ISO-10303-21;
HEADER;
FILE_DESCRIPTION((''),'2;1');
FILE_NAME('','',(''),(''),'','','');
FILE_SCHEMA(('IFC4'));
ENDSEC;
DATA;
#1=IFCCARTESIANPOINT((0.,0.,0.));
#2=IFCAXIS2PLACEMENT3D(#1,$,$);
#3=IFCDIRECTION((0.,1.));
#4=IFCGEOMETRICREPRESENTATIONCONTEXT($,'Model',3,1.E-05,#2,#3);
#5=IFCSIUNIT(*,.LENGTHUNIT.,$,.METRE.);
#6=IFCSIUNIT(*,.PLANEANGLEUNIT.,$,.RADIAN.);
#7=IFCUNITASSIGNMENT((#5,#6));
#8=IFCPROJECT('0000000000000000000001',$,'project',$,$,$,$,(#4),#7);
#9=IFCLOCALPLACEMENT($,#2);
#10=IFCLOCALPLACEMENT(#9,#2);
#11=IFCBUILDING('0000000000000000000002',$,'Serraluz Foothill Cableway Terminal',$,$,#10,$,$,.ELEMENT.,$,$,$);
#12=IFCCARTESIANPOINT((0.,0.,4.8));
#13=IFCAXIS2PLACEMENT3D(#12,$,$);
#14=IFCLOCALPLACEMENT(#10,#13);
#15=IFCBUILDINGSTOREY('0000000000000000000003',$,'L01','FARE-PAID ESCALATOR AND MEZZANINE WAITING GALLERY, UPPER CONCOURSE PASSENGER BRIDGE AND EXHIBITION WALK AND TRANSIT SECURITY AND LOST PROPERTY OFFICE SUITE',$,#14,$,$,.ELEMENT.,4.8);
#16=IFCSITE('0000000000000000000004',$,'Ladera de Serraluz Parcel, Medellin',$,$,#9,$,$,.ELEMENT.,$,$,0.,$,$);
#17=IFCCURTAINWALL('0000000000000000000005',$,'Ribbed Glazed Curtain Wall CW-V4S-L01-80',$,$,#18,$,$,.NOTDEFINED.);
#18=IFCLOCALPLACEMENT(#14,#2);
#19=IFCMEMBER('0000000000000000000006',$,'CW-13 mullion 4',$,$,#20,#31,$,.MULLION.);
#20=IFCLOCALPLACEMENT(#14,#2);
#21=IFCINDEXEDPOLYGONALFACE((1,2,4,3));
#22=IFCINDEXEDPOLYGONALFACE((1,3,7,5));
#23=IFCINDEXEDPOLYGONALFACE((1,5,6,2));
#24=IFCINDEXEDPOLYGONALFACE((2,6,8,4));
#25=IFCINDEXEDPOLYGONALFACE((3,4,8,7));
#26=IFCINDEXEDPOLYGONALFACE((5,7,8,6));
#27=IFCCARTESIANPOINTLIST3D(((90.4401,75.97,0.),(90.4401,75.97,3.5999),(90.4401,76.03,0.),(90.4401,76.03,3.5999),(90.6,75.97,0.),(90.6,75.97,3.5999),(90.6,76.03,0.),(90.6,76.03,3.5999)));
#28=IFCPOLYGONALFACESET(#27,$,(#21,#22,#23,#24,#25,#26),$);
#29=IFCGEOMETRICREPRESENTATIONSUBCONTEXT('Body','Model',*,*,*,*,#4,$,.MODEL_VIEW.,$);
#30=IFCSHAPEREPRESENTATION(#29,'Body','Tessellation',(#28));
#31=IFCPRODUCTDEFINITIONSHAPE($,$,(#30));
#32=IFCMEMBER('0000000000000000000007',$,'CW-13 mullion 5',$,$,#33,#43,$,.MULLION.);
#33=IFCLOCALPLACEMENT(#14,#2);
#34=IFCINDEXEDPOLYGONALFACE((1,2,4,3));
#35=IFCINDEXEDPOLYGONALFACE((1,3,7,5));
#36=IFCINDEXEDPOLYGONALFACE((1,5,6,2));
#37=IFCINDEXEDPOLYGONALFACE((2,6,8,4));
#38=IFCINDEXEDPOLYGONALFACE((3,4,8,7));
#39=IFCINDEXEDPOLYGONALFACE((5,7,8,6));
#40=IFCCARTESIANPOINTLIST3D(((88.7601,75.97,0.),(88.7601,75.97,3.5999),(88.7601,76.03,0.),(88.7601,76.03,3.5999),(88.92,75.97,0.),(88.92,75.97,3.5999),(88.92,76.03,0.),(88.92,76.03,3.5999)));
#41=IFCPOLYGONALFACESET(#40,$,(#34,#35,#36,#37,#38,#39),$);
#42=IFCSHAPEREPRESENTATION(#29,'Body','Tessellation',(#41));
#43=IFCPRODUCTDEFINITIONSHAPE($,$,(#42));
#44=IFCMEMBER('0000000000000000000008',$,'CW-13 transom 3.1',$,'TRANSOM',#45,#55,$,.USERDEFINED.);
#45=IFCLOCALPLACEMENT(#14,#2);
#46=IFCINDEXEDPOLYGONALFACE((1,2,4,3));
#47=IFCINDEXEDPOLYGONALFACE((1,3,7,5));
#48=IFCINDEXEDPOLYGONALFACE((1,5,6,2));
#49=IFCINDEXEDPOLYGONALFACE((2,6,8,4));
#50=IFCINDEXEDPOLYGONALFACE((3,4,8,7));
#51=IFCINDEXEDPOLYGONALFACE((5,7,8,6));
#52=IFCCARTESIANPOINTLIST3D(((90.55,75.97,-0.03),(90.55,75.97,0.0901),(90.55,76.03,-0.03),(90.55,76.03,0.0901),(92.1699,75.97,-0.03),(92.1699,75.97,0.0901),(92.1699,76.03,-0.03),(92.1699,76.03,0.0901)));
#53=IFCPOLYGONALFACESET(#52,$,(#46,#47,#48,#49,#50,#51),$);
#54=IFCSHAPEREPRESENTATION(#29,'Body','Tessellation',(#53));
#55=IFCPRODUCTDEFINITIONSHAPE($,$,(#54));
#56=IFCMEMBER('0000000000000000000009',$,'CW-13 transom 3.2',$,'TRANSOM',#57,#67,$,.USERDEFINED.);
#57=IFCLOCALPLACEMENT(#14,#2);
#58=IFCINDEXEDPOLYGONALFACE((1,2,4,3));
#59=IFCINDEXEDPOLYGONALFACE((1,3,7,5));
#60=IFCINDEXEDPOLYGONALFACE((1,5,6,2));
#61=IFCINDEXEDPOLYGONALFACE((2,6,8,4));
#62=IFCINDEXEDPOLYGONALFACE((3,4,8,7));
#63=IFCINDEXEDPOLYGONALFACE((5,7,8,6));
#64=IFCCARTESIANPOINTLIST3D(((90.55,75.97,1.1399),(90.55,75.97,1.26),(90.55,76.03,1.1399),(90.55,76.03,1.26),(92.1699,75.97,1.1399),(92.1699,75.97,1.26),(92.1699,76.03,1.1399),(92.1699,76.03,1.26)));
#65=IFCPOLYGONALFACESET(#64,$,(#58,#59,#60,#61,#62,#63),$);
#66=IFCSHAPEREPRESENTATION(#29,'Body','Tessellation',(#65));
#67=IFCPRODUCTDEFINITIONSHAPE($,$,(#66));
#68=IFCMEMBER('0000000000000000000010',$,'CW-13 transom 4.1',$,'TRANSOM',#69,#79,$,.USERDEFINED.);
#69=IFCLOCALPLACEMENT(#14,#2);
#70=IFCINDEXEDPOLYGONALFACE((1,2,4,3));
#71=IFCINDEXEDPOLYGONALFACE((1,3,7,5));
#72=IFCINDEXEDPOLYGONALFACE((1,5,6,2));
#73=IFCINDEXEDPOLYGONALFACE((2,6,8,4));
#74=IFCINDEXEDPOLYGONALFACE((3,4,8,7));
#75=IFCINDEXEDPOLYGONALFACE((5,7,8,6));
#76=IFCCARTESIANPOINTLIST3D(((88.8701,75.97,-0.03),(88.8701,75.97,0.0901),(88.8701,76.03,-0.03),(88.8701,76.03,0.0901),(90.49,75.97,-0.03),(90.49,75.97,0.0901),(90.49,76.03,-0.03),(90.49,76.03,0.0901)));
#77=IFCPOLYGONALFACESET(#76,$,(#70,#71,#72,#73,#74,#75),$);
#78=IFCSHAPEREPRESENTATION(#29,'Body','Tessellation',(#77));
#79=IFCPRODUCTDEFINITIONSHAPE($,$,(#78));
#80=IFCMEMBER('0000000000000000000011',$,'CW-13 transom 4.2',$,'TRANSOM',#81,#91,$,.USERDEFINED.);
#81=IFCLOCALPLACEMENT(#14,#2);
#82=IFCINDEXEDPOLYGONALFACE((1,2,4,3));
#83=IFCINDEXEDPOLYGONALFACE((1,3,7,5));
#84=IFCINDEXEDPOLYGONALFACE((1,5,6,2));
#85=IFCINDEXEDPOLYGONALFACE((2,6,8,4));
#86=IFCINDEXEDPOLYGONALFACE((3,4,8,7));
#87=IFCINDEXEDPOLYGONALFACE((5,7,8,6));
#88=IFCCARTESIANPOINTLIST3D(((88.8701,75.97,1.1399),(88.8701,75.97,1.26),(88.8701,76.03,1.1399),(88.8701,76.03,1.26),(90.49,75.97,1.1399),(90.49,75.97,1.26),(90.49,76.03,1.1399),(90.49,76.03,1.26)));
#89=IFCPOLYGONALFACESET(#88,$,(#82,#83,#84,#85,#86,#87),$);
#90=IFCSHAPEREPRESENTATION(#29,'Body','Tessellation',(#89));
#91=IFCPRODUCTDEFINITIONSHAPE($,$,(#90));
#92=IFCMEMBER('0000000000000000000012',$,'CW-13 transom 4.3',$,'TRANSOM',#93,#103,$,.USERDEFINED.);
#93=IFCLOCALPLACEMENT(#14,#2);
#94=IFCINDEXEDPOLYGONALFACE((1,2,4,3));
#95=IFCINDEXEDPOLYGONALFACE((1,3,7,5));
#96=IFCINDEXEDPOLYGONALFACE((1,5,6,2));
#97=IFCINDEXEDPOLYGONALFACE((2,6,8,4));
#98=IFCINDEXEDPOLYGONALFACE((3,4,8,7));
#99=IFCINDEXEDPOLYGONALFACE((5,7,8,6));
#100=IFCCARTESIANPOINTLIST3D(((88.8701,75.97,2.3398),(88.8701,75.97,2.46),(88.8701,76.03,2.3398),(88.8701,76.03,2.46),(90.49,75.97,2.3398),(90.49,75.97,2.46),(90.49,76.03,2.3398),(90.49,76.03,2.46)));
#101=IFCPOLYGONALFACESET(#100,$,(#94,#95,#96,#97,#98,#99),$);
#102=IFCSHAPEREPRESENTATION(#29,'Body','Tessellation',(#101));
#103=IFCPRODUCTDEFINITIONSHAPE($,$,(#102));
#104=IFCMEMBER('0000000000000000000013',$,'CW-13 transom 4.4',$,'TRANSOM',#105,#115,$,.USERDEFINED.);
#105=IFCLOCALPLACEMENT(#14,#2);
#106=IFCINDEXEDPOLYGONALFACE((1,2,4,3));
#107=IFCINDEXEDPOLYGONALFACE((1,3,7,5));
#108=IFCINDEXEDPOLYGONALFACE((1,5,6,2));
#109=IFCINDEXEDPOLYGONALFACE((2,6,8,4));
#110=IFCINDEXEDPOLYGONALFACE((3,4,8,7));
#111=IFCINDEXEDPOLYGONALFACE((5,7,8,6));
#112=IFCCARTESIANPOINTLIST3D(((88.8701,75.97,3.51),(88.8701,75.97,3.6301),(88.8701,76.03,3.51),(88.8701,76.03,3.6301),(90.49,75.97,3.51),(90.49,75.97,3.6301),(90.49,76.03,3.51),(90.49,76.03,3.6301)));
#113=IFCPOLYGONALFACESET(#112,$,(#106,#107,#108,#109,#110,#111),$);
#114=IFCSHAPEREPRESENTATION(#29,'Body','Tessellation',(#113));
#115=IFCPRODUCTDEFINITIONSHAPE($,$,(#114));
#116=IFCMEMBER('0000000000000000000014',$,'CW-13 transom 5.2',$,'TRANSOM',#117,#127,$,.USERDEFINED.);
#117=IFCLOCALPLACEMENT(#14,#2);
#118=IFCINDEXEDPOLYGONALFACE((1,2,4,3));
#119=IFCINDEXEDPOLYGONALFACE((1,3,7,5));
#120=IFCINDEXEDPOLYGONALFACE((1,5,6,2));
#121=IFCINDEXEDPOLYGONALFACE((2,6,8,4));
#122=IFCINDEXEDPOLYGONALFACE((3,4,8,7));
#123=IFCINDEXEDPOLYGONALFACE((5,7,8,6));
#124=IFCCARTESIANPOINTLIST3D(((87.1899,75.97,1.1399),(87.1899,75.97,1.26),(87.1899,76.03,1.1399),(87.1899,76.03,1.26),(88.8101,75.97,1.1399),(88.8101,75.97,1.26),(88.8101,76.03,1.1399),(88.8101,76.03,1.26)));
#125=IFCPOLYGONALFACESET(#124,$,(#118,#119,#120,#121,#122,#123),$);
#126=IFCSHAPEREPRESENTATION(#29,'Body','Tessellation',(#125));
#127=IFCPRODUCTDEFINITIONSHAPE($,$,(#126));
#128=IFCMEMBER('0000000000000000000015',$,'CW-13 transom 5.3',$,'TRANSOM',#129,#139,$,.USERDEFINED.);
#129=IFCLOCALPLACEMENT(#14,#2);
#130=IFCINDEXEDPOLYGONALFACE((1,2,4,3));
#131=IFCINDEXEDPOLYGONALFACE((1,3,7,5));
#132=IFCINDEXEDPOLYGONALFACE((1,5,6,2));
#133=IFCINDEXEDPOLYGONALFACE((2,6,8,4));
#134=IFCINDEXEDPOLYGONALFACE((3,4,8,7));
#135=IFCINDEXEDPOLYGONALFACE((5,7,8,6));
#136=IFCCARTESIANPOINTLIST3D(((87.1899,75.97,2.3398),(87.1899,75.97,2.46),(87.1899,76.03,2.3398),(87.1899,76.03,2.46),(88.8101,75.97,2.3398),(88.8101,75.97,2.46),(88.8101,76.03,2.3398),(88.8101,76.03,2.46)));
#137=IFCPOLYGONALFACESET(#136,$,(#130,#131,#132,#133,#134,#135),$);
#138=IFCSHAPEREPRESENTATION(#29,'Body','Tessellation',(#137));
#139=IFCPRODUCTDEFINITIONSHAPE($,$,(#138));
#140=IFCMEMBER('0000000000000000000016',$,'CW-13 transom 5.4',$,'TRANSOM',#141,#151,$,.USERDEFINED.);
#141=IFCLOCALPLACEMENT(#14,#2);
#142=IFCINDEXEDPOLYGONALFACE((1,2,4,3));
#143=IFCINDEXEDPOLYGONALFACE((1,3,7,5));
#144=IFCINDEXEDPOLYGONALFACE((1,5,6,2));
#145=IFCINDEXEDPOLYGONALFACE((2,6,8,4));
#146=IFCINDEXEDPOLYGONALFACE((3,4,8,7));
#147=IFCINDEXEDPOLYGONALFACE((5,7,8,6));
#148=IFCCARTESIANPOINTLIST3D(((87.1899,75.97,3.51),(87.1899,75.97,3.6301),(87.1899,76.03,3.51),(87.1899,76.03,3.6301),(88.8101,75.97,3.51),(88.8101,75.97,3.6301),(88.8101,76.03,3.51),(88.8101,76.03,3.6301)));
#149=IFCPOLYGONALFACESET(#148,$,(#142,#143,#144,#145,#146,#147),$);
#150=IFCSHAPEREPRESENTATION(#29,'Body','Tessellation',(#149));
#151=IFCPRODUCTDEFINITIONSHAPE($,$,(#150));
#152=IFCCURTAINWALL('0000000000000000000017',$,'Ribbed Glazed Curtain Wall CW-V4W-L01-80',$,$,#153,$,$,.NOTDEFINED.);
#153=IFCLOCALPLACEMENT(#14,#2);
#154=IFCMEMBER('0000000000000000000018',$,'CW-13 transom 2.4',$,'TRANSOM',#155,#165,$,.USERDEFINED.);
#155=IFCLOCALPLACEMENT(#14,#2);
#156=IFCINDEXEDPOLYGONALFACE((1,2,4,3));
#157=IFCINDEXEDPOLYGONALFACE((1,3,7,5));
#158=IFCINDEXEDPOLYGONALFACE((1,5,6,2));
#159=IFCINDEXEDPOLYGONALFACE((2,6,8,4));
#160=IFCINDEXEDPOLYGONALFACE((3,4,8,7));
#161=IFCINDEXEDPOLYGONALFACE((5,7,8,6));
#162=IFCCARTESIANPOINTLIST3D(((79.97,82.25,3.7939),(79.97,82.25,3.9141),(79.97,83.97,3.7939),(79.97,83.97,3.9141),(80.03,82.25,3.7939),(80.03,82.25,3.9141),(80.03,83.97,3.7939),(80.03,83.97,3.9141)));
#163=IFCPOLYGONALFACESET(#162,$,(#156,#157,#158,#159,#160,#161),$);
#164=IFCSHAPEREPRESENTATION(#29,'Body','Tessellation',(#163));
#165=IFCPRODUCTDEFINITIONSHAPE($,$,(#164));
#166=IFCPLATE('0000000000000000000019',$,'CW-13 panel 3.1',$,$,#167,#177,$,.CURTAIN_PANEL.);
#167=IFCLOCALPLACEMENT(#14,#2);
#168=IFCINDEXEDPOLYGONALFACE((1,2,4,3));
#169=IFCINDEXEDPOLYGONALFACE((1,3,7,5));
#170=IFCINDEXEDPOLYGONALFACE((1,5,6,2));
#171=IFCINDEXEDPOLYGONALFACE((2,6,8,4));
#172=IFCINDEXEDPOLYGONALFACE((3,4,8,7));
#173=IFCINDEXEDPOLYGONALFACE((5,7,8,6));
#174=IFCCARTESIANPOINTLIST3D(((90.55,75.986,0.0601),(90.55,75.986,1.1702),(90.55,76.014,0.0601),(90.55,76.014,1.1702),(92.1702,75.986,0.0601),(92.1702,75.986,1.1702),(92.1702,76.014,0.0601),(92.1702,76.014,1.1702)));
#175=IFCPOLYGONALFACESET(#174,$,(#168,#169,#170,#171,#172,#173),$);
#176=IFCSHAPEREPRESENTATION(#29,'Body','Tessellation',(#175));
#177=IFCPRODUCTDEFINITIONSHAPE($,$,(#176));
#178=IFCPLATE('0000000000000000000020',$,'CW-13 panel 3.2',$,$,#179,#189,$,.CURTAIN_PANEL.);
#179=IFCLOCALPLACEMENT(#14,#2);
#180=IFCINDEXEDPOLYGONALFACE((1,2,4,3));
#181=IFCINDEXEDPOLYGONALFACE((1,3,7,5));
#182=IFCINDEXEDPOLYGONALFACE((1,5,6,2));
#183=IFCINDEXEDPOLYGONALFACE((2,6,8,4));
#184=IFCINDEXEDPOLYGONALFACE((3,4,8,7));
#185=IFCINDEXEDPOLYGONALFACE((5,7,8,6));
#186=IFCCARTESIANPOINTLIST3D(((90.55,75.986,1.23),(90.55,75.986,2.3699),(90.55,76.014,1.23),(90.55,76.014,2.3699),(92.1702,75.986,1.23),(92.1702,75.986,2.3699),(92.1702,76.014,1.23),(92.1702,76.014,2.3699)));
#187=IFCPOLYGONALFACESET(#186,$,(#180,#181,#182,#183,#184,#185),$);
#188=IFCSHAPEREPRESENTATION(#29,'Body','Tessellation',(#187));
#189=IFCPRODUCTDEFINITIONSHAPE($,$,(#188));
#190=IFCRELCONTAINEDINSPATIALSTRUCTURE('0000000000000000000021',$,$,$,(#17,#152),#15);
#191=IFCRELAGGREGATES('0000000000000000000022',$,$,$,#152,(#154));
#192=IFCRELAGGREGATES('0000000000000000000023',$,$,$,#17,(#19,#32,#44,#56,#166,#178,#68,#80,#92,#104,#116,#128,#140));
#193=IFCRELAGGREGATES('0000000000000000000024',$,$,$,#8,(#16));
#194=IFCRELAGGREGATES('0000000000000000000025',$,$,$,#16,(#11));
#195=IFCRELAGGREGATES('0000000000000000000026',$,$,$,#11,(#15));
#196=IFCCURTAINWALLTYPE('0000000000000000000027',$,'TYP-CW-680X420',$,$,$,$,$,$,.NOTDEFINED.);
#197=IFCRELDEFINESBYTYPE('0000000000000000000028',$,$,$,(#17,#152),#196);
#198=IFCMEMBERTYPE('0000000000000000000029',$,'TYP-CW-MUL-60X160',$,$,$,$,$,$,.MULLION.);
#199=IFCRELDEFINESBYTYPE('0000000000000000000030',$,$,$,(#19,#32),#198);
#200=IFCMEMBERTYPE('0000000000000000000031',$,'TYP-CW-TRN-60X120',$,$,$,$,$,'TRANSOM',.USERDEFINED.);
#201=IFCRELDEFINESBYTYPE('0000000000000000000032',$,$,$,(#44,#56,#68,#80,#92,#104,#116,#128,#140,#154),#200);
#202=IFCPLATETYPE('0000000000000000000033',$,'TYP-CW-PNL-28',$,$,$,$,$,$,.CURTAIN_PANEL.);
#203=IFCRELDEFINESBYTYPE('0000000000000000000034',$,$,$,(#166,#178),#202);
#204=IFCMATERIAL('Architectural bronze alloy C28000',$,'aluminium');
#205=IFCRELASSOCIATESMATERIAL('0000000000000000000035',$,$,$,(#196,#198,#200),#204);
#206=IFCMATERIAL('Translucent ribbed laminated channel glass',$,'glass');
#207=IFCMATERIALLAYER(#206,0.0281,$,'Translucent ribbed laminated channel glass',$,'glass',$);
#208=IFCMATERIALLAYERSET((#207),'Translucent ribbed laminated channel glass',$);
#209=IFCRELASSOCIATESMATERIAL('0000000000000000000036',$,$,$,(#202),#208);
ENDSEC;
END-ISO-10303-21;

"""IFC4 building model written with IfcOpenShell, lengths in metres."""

from ifc_helpers import new_model, si_unit, direction, frame, origin, origin_2d, place, context, subcontext, project, spatial, rectangle, extrude, material, layer, layer_set, material_profile, profile_set, type_object, element, aggregate, save


model = new_model("IFC4")

# Units and contexts
model_context = context("Model", 3, precision=1e-05, world=origin(), true_north=direction((0.0, 1.0)))
body_context = subcontext(model_context, "Body", "Model", "MODEL_VIEW")
ifc_project = project(units=[si_unit("LENGTHUNIT", "METRE"), si_unit("PLANEANGLEUNIT", "RADIAN")], contexts=[model_context])

# Site, building, storey
site_placement = place(None, origin())
site = spatial("IfcSite", under=ifc_project, at=site_placement, Name="Ladera de Serraluz Parcel, Medellin", CompositionType="ELEMENT", RefElevation=0.0)
building_placement = place(site_placement, origin())
building = spatial("IfcBuilding", under=site, at=building_placement, Name="Serraluz Foothill Cableway Terminal", CompositionType="ELEMENT")
storey_placement = place(building_placement, frame((0.0, 0.0, 4.8)))
storey = spatial("IfcBuildingStorey", under=building, at=storey_placement, Name="L01", Description="FARE-PAID ESCALATOR AND MEZZANINE WAITING GALLERY, UPPER CONCOURSE PASSENGER BRIDGE AND EXHIBITION WALK AND TRANSIT SECURITY AND LOST PROPERTY OFFICE SUITE", CompositionType="ELEMENT", Elevation=4.8)

# Curtain wall, members
ifc_material_1 = material(Name="Architectural bronze alloy C28000", Category="aluminium")
curtain_wall_type = type_object("IfcCurtainWallType", Name="TYP-CW-680X420", PredefinedType="NOTDEFINED", material=ifc_material_1)
curtain_wall_1_placement = place(storey_placement, origin())
curtain_wall_1 = element("IfcCurtainWall", 1, at=curtain_wall_1_placement, inside=storey, type_object=curtain_wall_type, Name="Ribbed Glazed Curtain Wall CW-V4S-L01-80", PredefinedType="NOTDEFINED")
ifc_material_profile_1 = material_profile(ifc_material_1, rectangle(XDim=0.0601, YDim=0.1599, at=origin_2d()), Name="ALU MULLION 60x160")
ifc_profile_set_1 = profile_set([ifc_material_profile_1], Name="Architectural bronze alloy C28000")
member_type_1 = type_object("IfcMemberType", Name="TYP-CW-MUL-60X160", PredefinedType="MULLION", material=ifc_profile_set_1)
member_1_placement = place(storey_placement, frame((90.52, 76.0, 0.0), z_axis=(0.0, 0.0, 1.0), x_axis=(0.0, -1.0, 0.0)))
member_1 = element("IfcMember", 2, at=member_1_placement, type_object=member_type_1, Name="CW-13 mullion 4", PredefinedType="MULLION", context=body_context, shape_type="SweptSolid", body=[
    extrude(rectangle(XDim=0.0601, YDim=0.1599, at=origin_2d()), origin(), (0.0, 0.0, 1.0), 3.5999),
])
member_2_placement = place(storey_placement, frame((88.8401, 76.0, 0.0), z_axis=(0.0, 0.0, 1.0), x_axis=(0.0, -1.0, 0.0)))
member_2 = element("IfcMember", 3, at=member_2_placement, type_object=member_type_1, Name="CW-13 mullion 5", PredefinedType="MULLION", context=body_context, shape_type="SweptSolid", body=[
    extrude(rectangle(XDim=0.0601, YDim=0.1599, at=origin_2d()), origin(), (0.0, 0.0, 1.0), 3.5999),
])
ifc_material_profile_2 = material_profile(ifc_material_1, rectangle(XDim=0.0601, YDim=0.1201, at=origin_2d()), Name="ALU TRANSOM 60x120")
ifc_profile_set_2 = profile_set([ifc_material_profile_2], Name="Architectural bronze alloy C28000")
member_type_2 = type_object("IfcMemberType", Name="TYP-CW-TRN-60X120", ElementType="TRANSOM", PredefinedType="USERDEFINED", material=ifc_profile_set_2)
member_3_placement = place(storey_placement, frame((92.1699, 76.0, 0.03), z_axis=(-1.0, 0.0, 0.0), x_axis=(0.0, -1.0, 0.0)))
member_3 = element("IfcMember", 4, at=member_3_placement, type_object=member_type_2, Name="CW-13 transom 3.1", ObjectType="TRANSOM", PredefinedType="USERDEFINED", context=body_context, shape_type="SweptSolid", body=[
    extrude(rectangle(XDim=0.0601, YDim=0.1201, at=origin_2d()), origin(), (0.0, 0.0, 1.0), 1.6199),
])
member_4_placement = place(storey_placement, frame((92.1699, 76.0, 1.2), z_axis=(-1.0, 0.0, 0.0), x_axis=(0.0, -1.0, 0.0)))
member_4 = element("IfcMember", 5, at=member_4_placement, type_object=member_type_2, Name="CW-13 transom 3.2", ObjectType="TRANSOM", PredefinedType="USERDEFINED", context=body_context, shape_type="SweptSolid", body=[
    extrude(rectangle(XDim=0.0601, YDim=0.1201, at=origin_2d()), origin(), (0.0, 0.0, 1.0), 1.6199),
])
member_5_placement = place(storey_placement, frame((90.49, 76.0, 0.03), z_axis=(-1.0, 0.0, 0.0), x_axis=(0.0, -1.0, 0.0)))
member_5 = element("IfcMember", 6, at=member_5_placement, type_object=member_type_2, Name="CW-13 transom 4.1", ObjectType="TRANSOM", PredefinedType="USERDEFINED", context=body_context, shape_type="SweptSolid", body=[
    extrude(rectangle(XDim=0.0601, YDim=0.1201, at=origin_2d()), origin(), (0.0, 0.0, 1.0), 1.6199),
])
member_6_placement = place(storey_placement, frame((90.49, 76.0, 1.2), z_axis=(-1.0, 0.0, 0.0), x_axis=(0.0, -1.0, 0.0)))
member_6 = element("IfcMember", 7, at=member_6_placement, type_object=member_type_2, Name="CW-13 transom 4.2", ObjectType="TRANSOM", PredefinedType="USERDEFINED", context=body_context, shape_type="SweptSolid", body=[
    extrude(rectangle(XDim=0.0601, YDim=0.1201, at=origin_2d()), origin(), (0.0, 0.0, 1.0), 1.6199),
])
member_7_placement = place(storey_placement, frame((90.49, 76.0, 2.3999), z_axis=(-1.0, 0.0, 0.0), x_axis=(0.0, -1.0, 0.0)))
member_7 = element("IfcMember", 8, at=member_7_placement, type_object=member_type_2, Name="CW-13 transom 4.3", ObjectType="TRANSOM", PredefinedType="USERDEFINED", context=body_context, shape_type="SweptSolid", body=[
    extrude(rectangle(XDim=0.0601, YDim=0.1201, at=origin_2d()), origin(), (0.0, 0.0, 1.0), 1.6199),
])
member_8_placement = place(storey_placement, frame((90.49, 76.0, 3.5701), z_axis=(-1.0, 0.0, 0.0), x_axis=(0.0, -1.0, 0.0)))
member_8 = element("IfcMember", 9, at=member_8_placement, type_object=member_type_2, Name="CW-13 transom 4.4", ObjectType="TRANSOM", PredefinedType="USERDEFINED", context=body_context, shape_type="SweptSolid", body=[
    extrude(rectangle(XDim=0.0601, YDim=0.1201, at=origin_2d()), origin(), (0.0, 0.0, 1.0), 1.6199),
])
member_9_placement = place(storey_placement, frame((88.8101, 76.0, 1.2), z_axis=(-1.0, 0.0, 0.0), x_axis=(0.0, -1.0, 0.0)))
member_9 = element("IfcMember", 10, at=member_9_placement, type_object=member_type_2, Name="CW-13 transom 5.2", ObjectType="TRANSOM", PredefinedType="USERDEFINED", context=body_context, shape_type="SweptSolid", body=[
    extrude(rectangle(XDim=0.0601, YDim=0.1201, at=origin_2d()), origin(), (0.0, 0.0, 1.0), 1.6201),
])
member_10_placement = place(storey_placement, frame((88.8101, 76.0, 2.3999), z_axis=(-1.0, 0.0, 0.0), x_axis=(0.0, -1.0, 0.0)))
member_10 = element("IfcMember", 11, at=member_10_placement, type_object=member_type_2, Name="CW-13 transom 5.3", ObjectType="TRANSOM", PredefinedType="USERDEFINED", context=body_context, shape_type="SweptSolid", body=[
    extrude(rectangle(XDim=0.0601, YDim=0.1201, at=origin_2d()), origin(), (0.0, 0.0, 1.0), 1.6201),
])
member_11_placement = place(storey_placement, frame((88.8101, 76.0, 3.5701), z_axis=(-1.0, 0.0, 0.0), x_axis=(0.0, -1.0, 0.0)))
member_11 = element("IfcMember", 12, at=member_11_placement, type_object=member_type_2, Name="CW-13 transom 5.4", ObjectType="TRANSOM", PredefinedType="USERDEFINED", context=body_context, shape_type="SweptSolid", body=[
    extrude(rectangle(XDim=0.0601, YDim=0.1201, at=origin_2d()), origin(), (0.0, 0.0, 1.0), 1.6201),
])

# Curtain wall, member
curtain_wall_2_placement = place(storey_placement, origin())
curtain_wall_2 = element("IfcCurtainWall", 13, at=curtain_wall_2_placement, inside=storey, type_object=curtain_wall_type, Name="Ribbed Glazed Curtain Wall CW-V4W-L01-80", PredefinedType="NOTDEFINED")
member_12_placement = place(storey_placement, frame((80.0, 82.25, 3.854), z_axis=(0.0, 1.0, 0.0), x_axis=(-1.0, 0.0, 0.0)))
member_12 = element("IfcMember", 14, at=member_12_placement, type_object=member_type_2, Name="CW-13 transom 2.4", ObjectType="TRANSOM", PredefinedType="USERDEFINED", context=body_context, shape_type="SweptSolid", body=[
    extrude(rectangle(XDim=0.0601, YDim=0.1201, at=origin_2d()), origin(), (0.0, 0.0, 1.0), 1.72),
])
aggregate(curtain_wall_2, [member_12])

# Plates
ifc_material_2 = material(Name="Translucent ribbed laminated channel glass", Category="glass")
ifc_layer_1 = layer(ifc_material_2, 0.0281, Name="Translucent ribbed laminated channel glass", Category="glass")
ifc_layer_set_1 = layer_set([ifc_layer_1], Name="Translucent ribbed laminated channel glass")
plate_type = type_object("IfcPlateType", Name="TYP-CW-PNL-28", PredefinedType="CURTAIN_PANEL", material=ifc_layer_set_1)
plate_1_placement = place(storey_placement, frame((91.3601, 76.0, 0.0601), z_axis=(0.0, 0.0, 1.0), x_axis=(-1.0, 0.0, 0.0)))
plate_1 = element("IfcPlate", 15, at=plate_1_placement, type_object=plate_type, Name="CW-13 panel 3.1", PredefinedType="CURTAIN_PANEL", context=body_context, shape_type="SweptSolid", body=[
    extrude(rectangle(XDim=1.6201, YDim=0.0281, at=origin_2d()), origin(), (0.0, 0.0, 1.0), 1.1101),
])
plate_2_placement = place(storey_placement, frame((91.3601, 76.0, 1.23), z_axis=(0.0, 0.0, 1.0), x_axis=(-1.0, 0.0, 0.0)))
plate_2 = element("IfcPlate", 16, at=plate_2_placement, type_object=plate_type, Name="CW-13 panel 3.2", PredefinedType="CURTAIN_PANEL", context=body_context, shape_type="SweptSolid", body=[
    extrude(rectangle(XDim=1.6201, YDim=0.0281, at=origin_2d()), origin(), (0.0, 0.0, 1.0), 1.1399),
])
aggregate(curtain_wall_1, [member_1, member_2, member_3, member_4, plate_1, plate_2, member_5, member_6, member_7, member_8, member_9, member_10, member_11])

save(model, "model.ifc")
